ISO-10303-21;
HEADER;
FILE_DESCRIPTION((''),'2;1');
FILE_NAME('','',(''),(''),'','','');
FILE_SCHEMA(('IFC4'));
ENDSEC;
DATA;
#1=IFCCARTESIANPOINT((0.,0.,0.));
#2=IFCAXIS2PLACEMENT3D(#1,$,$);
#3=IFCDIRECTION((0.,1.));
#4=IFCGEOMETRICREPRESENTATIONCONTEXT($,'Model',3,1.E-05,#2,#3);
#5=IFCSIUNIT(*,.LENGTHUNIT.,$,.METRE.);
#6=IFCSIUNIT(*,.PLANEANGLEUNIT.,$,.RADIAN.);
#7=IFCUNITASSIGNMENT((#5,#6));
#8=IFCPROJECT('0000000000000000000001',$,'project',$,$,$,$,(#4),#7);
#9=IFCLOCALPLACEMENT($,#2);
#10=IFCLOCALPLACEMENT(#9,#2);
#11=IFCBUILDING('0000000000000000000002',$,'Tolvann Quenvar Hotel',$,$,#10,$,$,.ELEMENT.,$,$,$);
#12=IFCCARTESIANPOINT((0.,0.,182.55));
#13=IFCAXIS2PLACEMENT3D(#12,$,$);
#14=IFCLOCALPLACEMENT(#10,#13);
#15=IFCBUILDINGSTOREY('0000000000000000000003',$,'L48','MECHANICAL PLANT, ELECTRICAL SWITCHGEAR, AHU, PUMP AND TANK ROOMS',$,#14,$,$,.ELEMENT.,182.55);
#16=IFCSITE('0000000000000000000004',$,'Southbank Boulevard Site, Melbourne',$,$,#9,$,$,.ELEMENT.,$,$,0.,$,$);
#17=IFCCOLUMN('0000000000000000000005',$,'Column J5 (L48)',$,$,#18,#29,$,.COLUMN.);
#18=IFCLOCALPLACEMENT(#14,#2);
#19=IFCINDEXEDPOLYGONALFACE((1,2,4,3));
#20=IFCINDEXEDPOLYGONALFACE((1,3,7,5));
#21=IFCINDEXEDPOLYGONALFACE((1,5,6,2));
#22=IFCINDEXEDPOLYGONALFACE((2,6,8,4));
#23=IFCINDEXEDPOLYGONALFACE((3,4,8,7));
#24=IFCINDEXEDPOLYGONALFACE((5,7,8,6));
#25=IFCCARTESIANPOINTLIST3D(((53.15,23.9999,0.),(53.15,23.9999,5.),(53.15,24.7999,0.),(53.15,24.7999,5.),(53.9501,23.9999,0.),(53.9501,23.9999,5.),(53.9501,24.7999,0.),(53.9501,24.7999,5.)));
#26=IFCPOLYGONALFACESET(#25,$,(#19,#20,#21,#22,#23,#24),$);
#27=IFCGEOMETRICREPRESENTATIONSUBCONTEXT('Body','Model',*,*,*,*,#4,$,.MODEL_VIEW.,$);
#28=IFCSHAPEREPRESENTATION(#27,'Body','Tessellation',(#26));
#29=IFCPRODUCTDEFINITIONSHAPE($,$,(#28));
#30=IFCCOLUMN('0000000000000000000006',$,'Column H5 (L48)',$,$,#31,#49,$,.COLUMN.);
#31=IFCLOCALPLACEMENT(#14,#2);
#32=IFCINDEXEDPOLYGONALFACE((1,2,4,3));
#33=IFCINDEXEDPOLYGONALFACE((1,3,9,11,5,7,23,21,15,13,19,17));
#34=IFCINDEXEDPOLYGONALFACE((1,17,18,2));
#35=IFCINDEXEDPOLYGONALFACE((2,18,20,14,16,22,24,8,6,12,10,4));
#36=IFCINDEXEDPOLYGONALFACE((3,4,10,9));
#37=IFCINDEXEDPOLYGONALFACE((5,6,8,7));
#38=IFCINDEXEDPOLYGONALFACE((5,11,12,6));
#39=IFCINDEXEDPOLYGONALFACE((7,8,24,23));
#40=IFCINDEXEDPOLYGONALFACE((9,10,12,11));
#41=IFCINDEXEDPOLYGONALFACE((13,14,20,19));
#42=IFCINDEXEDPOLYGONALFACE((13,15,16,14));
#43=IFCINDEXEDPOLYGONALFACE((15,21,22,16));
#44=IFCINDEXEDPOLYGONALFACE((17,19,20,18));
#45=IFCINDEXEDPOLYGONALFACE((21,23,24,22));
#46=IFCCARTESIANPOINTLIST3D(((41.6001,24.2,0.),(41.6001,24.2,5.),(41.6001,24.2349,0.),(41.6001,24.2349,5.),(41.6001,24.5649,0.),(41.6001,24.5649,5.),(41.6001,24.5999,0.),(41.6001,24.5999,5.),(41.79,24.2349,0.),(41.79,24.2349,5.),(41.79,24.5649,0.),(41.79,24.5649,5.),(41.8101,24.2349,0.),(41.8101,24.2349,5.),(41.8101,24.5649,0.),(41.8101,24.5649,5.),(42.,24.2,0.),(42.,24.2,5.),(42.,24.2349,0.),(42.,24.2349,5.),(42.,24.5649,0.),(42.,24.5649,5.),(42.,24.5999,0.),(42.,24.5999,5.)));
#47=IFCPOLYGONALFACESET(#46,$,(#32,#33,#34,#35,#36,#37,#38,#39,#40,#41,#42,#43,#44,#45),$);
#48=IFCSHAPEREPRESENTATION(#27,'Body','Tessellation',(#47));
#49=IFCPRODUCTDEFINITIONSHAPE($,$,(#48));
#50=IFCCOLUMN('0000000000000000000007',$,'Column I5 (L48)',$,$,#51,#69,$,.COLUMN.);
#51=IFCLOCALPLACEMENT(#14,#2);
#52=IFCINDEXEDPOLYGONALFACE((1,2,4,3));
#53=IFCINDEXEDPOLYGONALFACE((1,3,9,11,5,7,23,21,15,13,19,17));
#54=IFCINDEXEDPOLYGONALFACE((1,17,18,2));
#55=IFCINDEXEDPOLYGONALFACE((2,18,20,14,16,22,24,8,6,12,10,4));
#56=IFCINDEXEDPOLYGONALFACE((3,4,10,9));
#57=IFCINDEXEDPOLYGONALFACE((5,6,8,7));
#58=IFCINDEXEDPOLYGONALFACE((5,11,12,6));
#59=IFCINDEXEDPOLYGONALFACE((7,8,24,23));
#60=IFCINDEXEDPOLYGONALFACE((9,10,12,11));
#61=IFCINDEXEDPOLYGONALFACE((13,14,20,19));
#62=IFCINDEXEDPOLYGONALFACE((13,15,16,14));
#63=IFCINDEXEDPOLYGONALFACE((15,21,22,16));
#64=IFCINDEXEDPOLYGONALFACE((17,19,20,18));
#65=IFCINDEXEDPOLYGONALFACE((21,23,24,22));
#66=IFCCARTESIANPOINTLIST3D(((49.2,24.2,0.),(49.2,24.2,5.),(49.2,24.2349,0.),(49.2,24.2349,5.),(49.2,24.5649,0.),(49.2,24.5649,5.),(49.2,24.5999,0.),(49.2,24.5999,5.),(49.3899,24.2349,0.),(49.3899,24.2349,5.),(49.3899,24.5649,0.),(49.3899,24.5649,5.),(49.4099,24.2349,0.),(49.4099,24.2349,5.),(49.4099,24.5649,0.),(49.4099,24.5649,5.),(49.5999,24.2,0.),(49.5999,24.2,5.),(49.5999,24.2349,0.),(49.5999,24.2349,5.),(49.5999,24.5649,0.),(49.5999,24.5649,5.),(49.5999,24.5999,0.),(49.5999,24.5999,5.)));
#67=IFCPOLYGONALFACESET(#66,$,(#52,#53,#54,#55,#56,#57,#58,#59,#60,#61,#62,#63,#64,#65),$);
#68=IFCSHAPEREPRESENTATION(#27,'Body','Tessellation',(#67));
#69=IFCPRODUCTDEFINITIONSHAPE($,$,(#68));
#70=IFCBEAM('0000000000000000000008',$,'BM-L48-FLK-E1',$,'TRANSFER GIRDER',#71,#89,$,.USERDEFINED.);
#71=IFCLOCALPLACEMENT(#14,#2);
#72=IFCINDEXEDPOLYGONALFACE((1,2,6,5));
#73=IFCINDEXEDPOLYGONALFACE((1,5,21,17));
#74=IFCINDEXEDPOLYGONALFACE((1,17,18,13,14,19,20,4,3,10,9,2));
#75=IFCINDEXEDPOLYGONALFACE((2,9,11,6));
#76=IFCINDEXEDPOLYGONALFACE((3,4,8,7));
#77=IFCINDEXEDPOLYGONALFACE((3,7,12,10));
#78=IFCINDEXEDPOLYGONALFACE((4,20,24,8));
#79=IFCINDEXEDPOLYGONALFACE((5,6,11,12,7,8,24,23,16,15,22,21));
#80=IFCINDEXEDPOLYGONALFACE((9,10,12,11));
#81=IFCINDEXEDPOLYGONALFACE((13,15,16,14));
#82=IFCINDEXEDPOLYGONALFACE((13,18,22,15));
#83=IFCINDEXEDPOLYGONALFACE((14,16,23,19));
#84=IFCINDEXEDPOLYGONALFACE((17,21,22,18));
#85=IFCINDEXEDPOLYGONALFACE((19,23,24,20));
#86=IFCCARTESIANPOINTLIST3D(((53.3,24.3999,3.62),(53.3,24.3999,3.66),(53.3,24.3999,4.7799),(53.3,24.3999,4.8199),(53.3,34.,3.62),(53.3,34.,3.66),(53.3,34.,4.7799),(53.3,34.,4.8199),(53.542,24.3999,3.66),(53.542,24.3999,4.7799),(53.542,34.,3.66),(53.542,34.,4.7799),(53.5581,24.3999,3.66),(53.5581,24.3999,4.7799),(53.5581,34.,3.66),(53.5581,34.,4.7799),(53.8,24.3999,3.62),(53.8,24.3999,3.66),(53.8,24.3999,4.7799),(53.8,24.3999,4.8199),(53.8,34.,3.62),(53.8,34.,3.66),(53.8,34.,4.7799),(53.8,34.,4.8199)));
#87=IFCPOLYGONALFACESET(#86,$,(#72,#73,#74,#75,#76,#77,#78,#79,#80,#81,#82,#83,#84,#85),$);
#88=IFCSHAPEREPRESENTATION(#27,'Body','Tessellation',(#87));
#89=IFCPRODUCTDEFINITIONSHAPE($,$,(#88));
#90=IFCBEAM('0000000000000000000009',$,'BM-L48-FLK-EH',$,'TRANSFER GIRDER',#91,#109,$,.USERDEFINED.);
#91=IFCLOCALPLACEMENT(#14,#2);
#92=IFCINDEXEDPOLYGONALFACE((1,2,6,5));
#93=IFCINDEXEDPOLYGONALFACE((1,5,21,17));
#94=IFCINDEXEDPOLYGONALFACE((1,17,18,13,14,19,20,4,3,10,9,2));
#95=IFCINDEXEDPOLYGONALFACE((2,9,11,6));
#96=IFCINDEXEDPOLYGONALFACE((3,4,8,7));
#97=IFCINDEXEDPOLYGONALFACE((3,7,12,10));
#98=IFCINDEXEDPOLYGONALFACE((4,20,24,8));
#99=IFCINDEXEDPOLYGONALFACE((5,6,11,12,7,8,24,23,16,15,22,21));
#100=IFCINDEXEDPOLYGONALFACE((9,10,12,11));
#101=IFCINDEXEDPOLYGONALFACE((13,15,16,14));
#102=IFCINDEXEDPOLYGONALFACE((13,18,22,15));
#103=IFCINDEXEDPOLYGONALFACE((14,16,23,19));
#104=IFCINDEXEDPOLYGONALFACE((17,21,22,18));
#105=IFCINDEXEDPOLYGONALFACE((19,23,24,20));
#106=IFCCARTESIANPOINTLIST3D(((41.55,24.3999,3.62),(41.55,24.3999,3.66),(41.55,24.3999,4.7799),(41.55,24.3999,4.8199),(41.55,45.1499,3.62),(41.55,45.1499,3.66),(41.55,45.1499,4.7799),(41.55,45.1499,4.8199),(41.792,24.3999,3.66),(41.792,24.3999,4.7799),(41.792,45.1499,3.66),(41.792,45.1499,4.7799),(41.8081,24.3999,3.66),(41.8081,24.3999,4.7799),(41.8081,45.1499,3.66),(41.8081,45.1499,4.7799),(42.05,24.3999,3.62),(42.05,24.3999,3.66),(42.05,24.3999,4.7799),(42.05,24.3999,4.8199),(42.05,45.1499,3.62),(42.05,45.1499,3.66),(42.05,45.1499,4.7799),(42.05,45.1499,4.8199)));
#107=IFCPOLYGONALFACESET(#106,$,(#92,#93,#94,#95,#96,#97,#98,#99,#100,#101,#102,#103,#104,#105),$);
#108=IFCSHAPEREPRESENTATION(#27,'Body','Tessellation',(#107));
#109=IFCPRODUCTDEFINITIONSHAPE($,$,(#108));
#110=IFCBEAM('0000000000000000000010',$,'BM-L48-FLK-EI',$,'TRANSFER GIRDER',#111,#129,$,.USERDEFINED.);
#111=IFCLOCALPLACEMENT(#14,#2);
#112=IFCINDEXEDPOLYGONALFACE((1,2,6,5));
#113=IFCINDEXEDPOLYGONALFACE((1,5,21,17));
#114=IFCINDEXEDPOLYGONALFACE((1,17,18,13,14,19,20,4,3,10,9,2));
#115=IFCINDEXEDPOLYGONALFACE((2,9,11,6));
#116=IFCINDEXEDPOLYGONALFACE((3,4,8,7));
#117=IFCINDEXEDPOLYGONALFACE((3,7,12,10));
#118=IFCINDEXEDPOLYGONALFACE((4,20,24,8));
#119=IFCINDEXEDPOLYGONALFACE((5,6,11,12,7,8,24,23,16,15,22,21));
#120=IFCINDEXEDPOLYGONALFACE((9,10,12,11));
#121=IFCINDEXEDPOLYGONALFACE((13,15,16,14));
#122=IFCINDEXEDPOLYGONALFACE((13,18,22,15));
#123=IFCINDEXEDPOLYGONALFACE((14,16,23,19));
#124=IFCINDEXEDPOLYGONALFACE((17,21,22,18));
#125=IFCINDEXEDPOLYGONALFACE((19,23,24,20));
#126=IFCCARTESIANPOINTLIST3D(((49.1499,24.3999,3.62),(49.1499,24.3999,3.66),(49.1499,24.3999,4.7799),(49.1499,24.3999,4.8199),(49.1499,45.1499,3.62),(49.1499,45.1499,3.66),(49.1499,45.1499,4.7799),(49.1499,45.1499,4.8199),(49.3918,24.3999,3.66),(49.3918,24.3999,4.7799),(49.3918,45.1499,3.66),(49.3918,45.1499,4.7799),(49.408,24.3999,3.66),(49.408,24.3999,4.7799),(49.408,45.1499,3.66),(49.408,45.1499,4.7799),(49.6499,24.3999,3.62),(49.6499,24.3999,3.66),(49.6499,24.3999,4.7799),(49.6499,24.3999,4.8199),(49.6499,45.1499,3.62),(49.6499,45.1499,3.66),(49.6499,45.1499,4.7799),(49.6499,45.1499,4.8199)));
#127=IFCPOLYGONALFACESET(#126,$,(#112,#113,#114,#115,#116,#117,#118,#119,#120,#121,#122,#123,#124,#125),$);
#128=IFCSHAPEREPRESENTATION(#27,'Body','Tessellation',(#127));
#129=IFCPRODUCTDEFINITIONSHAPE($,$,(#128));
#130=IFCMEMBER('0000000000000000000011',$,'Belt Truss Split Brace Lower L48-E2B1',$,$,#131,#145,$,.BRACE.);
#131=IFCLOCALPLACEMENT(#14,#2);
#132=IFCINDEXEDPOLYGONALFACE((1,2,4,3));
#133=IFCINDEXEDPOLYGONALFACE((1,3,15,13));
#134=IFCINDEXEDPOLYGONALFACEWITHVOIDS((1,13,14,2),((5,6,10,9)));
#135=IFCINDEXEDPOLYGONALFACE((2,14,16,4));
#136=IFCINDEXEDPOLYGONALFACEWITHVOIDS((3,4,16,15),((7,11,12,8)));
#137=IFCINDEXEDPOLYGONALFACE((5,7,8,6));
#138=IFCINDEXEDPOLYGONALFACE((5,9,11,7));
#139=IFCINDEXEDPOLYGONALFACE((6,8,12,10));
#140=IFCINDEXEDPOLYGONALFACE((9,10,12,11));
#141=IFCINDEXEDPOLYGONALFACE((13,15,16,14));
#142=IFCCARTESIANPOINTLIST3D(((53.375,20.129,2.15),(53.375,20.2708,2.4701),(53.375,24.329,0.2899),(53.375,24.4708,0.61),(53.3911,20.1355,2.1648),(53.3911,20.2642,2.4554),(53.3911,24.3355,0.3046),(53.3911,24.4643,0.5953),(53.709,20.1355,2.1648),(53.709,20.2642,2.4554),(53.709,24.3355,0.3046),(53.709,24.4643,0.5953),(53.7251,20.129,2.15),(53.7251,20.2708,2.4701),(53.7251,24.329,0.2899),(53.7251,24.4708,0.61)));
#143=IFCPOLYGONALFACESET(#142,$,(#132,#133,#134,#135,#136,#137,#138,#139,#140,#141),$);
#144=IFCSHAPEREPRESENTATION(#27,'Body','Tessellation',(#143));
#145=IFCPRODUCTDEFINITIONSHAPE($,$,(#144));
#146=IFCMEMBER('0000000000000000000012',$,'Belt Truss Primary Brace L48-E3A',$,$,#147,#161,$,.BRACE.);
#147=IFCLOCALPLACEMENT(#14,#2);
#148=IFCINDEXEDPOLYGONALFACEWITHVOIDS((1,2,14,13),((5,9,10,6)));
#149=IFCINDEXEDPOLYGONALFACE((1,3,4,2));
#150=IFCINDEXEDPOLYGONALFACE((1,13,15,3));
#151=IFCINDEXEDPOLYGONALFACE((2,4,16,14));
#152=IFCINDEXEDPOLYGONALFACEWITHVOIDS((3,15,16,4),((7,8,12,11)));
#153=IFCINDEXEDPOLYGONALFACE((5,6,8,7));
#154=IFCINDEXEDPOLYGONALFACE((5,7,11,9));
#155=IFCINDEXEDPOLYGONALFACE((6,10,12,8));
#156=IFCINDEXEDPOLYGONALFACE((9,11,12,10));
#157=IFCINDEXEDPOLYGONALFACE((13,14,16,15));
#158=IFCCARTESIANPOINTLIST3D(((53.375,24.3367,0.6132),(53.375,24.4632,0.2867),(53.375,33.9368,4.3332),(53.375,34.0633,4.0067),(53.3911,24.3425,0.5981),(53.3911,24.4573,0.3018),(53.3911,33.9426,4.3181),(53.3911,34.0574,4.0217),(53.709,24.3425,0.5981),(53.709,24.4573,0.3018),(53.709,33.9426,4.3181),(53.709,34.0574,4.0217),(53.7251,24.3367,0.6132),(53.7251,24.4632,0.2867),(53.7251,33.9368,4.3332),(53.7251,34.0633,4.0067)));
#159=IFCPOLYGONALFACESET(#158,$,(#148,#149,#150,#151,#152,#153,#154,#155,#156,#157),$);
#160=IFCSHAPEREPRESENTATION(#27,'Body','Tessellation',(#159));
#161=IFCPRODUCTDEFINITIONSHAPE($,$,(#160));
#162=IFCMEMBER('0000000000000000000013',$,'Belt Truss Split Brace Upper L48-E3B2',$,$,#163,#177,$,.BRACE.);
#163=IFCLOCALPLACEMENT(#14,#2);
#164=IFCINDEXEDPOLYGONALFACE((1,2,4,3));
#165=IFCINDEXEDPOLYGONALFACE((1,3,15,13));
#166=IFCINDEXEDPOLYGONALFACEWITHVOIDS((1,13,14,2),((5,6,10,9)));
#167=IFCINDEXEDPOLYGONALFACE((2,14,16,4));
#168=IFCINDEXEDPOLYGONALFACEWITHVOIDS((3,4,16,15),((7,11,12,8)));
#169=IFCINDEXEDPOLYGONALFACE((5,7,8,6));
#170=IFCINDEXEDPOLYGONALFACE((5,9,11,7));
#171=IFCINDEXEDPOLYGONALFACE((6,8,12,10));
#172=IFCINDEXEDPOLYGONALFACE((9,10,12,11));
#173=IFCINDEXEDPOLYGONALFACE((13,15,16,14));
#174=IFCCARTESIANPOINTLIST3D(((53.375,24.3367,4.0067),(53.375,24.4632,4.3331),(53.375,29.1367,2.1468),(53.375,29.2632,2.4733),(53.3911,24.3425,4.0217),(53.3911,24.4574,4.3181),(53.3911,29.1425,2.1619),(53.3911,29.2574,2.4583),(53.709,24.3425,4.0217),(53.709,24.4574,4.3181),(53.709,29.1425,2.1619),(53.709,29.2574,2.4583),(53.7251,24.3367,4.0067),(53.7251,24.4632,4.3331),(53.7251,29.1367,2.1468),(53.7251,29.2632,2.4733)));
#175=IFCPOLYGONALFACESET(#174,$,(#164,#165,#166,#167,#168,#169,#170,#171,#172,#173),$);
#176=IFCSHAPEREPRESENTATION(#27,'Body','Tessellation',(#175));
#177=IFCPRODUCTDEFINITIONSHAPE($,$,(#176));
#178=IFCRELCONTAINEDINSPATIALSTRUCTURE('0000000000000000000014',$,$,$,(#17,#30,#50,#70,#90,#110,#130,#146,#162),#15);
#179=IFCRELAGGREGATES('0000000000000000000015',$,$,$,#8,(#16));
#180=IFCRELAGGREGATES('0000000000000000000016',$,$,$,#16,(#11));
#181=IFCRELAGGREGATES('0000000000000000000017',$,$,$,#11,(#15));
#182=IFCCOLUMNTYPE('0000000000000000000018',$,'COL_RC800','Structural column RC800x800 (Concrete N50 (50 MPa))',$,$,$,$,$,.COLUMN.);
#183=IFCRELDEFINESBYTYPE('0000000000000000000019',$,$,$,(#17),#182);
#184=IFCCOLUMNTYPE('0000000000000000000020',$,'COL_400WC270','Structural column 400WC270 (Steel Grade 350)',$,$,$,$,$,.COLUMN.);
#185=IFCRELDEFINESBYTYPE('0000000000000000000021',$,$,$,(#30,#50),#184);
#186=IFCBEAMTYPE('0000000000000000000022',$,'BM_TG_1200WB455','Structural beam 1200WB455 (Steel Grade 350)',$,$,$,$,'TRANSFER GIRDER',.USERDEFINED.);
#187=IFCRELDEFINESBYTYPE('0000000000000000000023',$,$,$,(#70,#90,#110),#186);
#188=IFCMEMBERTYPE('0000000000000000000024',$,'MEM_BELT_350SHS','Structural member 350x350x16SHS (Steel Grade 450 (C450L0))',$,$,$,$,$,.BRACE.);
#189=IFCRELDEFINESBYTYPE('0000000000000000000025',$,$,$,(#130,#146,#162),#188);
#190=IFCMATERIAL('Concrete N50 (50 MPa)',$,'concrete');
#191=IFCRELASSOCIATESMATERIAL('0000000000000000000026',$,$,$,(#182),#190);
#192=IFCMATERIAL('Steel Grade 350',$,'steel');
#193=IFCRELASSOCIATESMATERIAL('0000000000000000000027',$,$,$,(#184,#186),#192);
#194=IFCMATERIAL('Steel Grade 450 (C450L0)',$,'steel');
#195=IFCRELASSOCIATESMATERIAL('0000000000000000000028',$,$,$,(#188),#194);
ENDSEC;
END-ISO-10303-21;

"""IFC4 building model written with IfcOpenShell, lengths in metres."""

from ifc_helpers import new_model, si_unit, direction, frame, origin, origin_2d, place, context, subcontext, project, spatial, rectangle, hollow_rectangle, i_section, extrude, source, transform, mapped, material, material_profile, profile_set, type_object, type_shapes, element, save


model = new_model("IFC4")

# Units and contexts
model_context = context("Model", 3, precision=1e-05, world=origin(), true_north=direction((0.0, 1.0)))
body_context = subcontext(model_context, "Body", "Model", "MODEL_VIEW")
ifc_project = project(units=[si_unit("LENGTHUNIT", "METRE"), si_unit("PLANEANGLEUNIT", "RADIAN")], contexts=[model_context])

# Site, building, storey
site_placement = place(None, origin())
site = spatial("IfcSite", under=ifc_project, at=site_placement, Name="Southbank Boulevard Site, Melbourne", CompositionType="ELEMENT", RefElevation=0.0)
building_placement = place(site_placement, origin())
building = spatial("IfcBuilding", under=site, at=building_placement, Name="Tolvann Quenvar Hotel", CompositionType="ELEMENT")
storey_placement = place(building_placement, frame((0.0, 0.0, 182.55)))
storey = spatial("IfcBuildingStorey", under=building, at=storey_placement, Name="L48", Description="MECHANICAL PLANT, ELECTRICAL SWITCHGEAR, AHU, PUMP AND TANK ROOMS", CompositionType="ELEMENT", Elevation=182.55)

# Columns
ifc_material_1 = material(Name="Concrete N50 (50 MPa)", Category="concrete")
ifc_material_profile_1 = material_profile(ifc_material_1, rectangle(XDim=0.8, YDim=0.8, at=origin_2d()), Name="RC800x800")
ifc_profile_set_1 = profile_set([ifc_material_profile_1], Name="Concrete N50 (50 MPa)")
column_type_1 = type_object("IfcColumnType", Name="COL_RC800", Description="Structural column RC800x800 (Concrete N50 (50 MPa))", PredefinedType="COLUMN", material=ifc_profile_set_1)
shared_shape_1 = source(origin(), body_context, "Body", "SweptSolid", [
    extrude(rectangle(XDim=0.8, YDim=0.8, at=origin_2d()), origin(), (0.0, 0.0, 1.0), 5.0),
])
type_shapes(column_type_1, [shared_shape_1])
column_placement = place(storey_placement, frame((53.55, 24.3999, 0.0), z_axis=(0.0, 0.0, 1.0), x_axis=(1.0, 0.0, 0.0)))
element("IfcColumn", 1, at=column_placement, inside=storey, type_object=column_type_1, Name="Column J5 (L48)", PredefinedType="COLUMN", context=body_context, shape_type="MappedRepresentation", body=[
    mapped(shared_shape_1, transform((0.0, 0.0, 0.0), x_axis=(1.0, 0.0, 0.0), y_axis=(0.0, 1.0, 0.0), z_axis=(0.0, 0.0, 1.0), scale=1.0)),
])
ifc_material_2 = material(Name="Steel Grade 350", Category="steel")
ifc_material_profile_2 = material_profile(ifc_material_2, i_section(OverallWidth=0.3999, OverallDepth=0.3999, WebThickness=0.02, FlangeThickness=0.0349, at=origin_2d()), Name="400WC270")
ifc_profile_set_2 = profile_set([ifc_material_profile_2], Name="Steel Grade 350")
column_type_2 = type_object("IfcColumnType", Name="COL_400WC270", Description="Structural column 400WC270 (Steel Grade 350)", PredefinedType="COLUMN", material=ifc_profile_set_2)
shared_shape_2 = source(origin(), body_context, "Body", "SweptSolid", [
    extrude(i_section(OverallWidth=0.3999, OverallDepth=0.3999, WebThickness=0.02, FlangeThickness=0.0349, at=origin_2d()), origin(), (0.0, 0.0, 1.0), 5.0),
])
type_shapes(column_type_2, [shared_shape_2])
for number, where, z_axis, x_axis, name in (
    (2, (41.8, 24.3999, 0.0), (0.0, 0.0, 1.0), (1.0, 0.0, 0.0), "Column H5 (L48)"),
    (3, (49.3999, 24.3999, 0.0), (0.0, 0.0, 1.0), (1.0, 0.0, 0.0), "Column I5 (L48)"),
):
    element("IfcColumn", number, at=place(storey_placement, frame(where, z_axis=z_axis, x_axis=x_axis)), inside=storey, type_object=column_type_2, Name=name, PredefinedType="COLUMN", context=body_context, shape_type="MappedRepresentation", body=[
        mapped(shared_shape_2, transform((0.0, 0.0, 0.0), x_axis=(1.0, 0.0, 0.0), y_axis=(0.0, 1.0, 0.0), z_axis=(0.0, 0.0, 1.0), scale=1.0)),
    ])

# Beams
ifc_material_profile_3 = material_profile(ifc_material_2, i_section(OverallWidth=0.5, OverallDepth=1.2, WebThickness=0.0161, FlangeThickness=0.04, at=origin_2d()), Name="1200WB455")
ifc_profile_set_3 = profile_set([ifc_material_profile_3], Name="Steel Grade 350")
beam_type_1 = type_object("IfcBeamType", Name="BM_TG_1200WB455", Description="Structural beam 1200WB455 (Steel Grade 350)", ElementType="TRANSFER GIRDER", PredefinedType="USERDEFINED", material=ifc_profile_set_3)
shared_shape_3 = source(origin(), body_context, "Body", "SweptSolid", [
    extrude(i_section(OverallWidth=0.5, OverallDepth=1.2, WebThickness=0.0161, FlangeThickness=0.04, at=origin_2d()), origin(), (0.0, 0.0, 1.0), 9.6001),
])
beam_1_placement = place(storey_placement, frame((53.55, 24.3999, 4.22), z_axis=(0.0, 1.0, 0.0), x_axis=(-1.0, 0.0, 0.0)))
element("IfcBeam", 4, at=beam_1_placement, inside=storey, type_object=beam_type_1, Name="BM-L48-FLK-E1", ObjectType="TRANSFER GIRDER", PredefinedType="USERDEFINED", context=body_context, shape_type="MappedRepresentation", body=[
    mapped(shared_shape_3, transform((0.0, 0.0, 0.0), x_axis=(1.0, 0.0, 0.0), y_axis=(0.0, 1.0, 0.0), z_axis=(0.0, 0.0, 1.0), scale=1.0)),
])
shared_shape_4 = source(origin(), body_context, "Body", "SweptSolid", [
    extrude(i_section(OverallWidth=0.5, OverallDepth=1.2, WebThickness=0.0161, FlangeThickness=0.04, at=origin_2d()), origin(), (0.0, 0.0, 1.0), 20.75),
])
type_shapes(beam_type_1, [shared_shape_3, shared_shape_4])
for number, where, z_axis, x_axis, name in (
    (5, (41.8, 24.3999, 4.22), (0.0, 1.0, 0.0), (-1.0, 0.0, 0.0), "BM-L48-FLK-EH"),
    (6, (49.3999, 24.3999, 4.22), (0.0, 1.0, 0.0), (-1.0, 0.0, 0.0), "BM-L48-FLK-EI"),
):
    element("IfcBeam", number, at=place(storey_placement, frame(where, z_axis=z_axis, x_axis=x_axis)), inside=storey, type_object=beam_type_1, Name=name, ObjectType="TRANSFER GIRDER", PredefinedType="USERDEFINED", context=body_context, shape_type="MappedRepresentation", body=[
        mapped(shared_shape_4, transform((0.0, 0.0, 0.0), x_axis=(1.0, 0.0, 0.0), y_axis=(0.0, 1.0, 0.0), z_axis=(0.0, 0.0, 1.0), scale=1.0)),
    ])

# Members
ifc_material_3 = material(Name="Steel Grade 450 (C450L0)", Category="steel")
ifc_material_profile_4 = material_profile(ifc_material_3, hollow_rectangle(XDim=0.3501, YDim=0.3501, WallThickness=0.0161, at=origin_2d()), Name="350x350x16SHS")
ifc_profile_set_4 = profile_set([ifc_material_profile_4], Name="Steel Grade 450 (C450L0)")
member_type_1 = type_object("IfcMemberType", Name="MEM_BELT_350SHS", Description="Structural member 350x350x16SHS (Steel Grade 450 (C450L0))", PredefinedType="BRACE", material=ifc_profile_set_4)
shared_shape_5 = source(origin(), body_context, "Body", "SweptSolid", [
    extrude(hollow_rectangle(XDim=0.3501, YDim=0.3501, WallThickness=0.0161, at=origin_2d()), origin(), (0.0, 0.0, 1.0), 4.5935),
])
member_1_placement = place(storey_placement, frame((53.55, 24.3999, 0.45), z_axis=(0.0, -0.914339, 0.40495), x_axis=(1.0, 0.0, 0.0)))
element("IfcMember", 7, at=member_1_placement, inside=storey, type_object=member_type_1, Name="Belt Truss Split Brace Lower L48-E2B1", PredefinedType="BRACE", context=body_context, shape_type="MappedRepresentation", body=[
    mapped(shared_shape_5, transform((0.0, 0.0, 0.0), x_axis=(1.0, 0.0, 0.0), y_axis=(0.0, 1.0, 0.0), z_axis=(0.0, 0.0, 1.0), scale=1.0)),
])
shared_shape_6 = source(origin(), body_context, "Body", "SweptSolid", [
    extrude(hollow_rectangle(XDim=0.3501, YDim=0.3501, WallThickness=0.0161, at=origin_2d()), origin(), (0.0, 0.0, 1.0), 10.2957),
])
member_2_placement = place(storey_placement, frame((53.55, 24.3999, 0.45), z_axis=(0.0, 0.932444, 0.361315), x_axis=(-1.0, 0.0, 0.0)))
element("IfcMember", 8, at=member_2_placement, inside=storey, type_object=member_type_1, Name="Belt Truss Primary Brace L48-E3A", PredefinedType="BRACE", context=body_context, shape_type="MappedRepresentation", body=[
    mapped(shared_shape_6, transform((0.0, 0.0, 0.0), x_axis=(1.0, 0.0, 0.0), y_axis=(0.0, 1.0, 0.0), z_axis=(0.0, 0.0, 1.0), scale=1.0)),
])
shared_shape_7 = source(origin(), body_context, "Body", "SweptSolid", [
    extrude(hollow_rectangle(XDim=0.3501, YDim=0.3501, WallThickness=0.0161, at=origin_2d()), origin(), (0.0, 0.0, 1.0), 5.1477),
])
type_shapes(member_type_1, [shared_shape_5, shared_shape_6, shared_shape_7])
member_3_placement = place(storey_placement, frame((53.55, 29.2, 2.3101), z_axis=(0.0, -0.932452, 0.361295), x_axis=(1.0, 0.0, 0.0)))
element("IfcMember", 9, at=member_3_placement, inside=storey, type_object=member_type_1, Name="Belt Truss Split Brace Upper L48-E3B2", PredefinedType="BRACE", context=body_context, shape_type="MappedRepresentation", body=[
    mapped(shared_shape_7, transform((0.0, 0.0, 0.0), x_axis=(1.0, 0.0, 0.0), y_axis=(0.0, 1.0, 0.0), z_axis=(0.0, 0.0, 1.0), scale=1.0)),
])

save(model, "model.ifc")
